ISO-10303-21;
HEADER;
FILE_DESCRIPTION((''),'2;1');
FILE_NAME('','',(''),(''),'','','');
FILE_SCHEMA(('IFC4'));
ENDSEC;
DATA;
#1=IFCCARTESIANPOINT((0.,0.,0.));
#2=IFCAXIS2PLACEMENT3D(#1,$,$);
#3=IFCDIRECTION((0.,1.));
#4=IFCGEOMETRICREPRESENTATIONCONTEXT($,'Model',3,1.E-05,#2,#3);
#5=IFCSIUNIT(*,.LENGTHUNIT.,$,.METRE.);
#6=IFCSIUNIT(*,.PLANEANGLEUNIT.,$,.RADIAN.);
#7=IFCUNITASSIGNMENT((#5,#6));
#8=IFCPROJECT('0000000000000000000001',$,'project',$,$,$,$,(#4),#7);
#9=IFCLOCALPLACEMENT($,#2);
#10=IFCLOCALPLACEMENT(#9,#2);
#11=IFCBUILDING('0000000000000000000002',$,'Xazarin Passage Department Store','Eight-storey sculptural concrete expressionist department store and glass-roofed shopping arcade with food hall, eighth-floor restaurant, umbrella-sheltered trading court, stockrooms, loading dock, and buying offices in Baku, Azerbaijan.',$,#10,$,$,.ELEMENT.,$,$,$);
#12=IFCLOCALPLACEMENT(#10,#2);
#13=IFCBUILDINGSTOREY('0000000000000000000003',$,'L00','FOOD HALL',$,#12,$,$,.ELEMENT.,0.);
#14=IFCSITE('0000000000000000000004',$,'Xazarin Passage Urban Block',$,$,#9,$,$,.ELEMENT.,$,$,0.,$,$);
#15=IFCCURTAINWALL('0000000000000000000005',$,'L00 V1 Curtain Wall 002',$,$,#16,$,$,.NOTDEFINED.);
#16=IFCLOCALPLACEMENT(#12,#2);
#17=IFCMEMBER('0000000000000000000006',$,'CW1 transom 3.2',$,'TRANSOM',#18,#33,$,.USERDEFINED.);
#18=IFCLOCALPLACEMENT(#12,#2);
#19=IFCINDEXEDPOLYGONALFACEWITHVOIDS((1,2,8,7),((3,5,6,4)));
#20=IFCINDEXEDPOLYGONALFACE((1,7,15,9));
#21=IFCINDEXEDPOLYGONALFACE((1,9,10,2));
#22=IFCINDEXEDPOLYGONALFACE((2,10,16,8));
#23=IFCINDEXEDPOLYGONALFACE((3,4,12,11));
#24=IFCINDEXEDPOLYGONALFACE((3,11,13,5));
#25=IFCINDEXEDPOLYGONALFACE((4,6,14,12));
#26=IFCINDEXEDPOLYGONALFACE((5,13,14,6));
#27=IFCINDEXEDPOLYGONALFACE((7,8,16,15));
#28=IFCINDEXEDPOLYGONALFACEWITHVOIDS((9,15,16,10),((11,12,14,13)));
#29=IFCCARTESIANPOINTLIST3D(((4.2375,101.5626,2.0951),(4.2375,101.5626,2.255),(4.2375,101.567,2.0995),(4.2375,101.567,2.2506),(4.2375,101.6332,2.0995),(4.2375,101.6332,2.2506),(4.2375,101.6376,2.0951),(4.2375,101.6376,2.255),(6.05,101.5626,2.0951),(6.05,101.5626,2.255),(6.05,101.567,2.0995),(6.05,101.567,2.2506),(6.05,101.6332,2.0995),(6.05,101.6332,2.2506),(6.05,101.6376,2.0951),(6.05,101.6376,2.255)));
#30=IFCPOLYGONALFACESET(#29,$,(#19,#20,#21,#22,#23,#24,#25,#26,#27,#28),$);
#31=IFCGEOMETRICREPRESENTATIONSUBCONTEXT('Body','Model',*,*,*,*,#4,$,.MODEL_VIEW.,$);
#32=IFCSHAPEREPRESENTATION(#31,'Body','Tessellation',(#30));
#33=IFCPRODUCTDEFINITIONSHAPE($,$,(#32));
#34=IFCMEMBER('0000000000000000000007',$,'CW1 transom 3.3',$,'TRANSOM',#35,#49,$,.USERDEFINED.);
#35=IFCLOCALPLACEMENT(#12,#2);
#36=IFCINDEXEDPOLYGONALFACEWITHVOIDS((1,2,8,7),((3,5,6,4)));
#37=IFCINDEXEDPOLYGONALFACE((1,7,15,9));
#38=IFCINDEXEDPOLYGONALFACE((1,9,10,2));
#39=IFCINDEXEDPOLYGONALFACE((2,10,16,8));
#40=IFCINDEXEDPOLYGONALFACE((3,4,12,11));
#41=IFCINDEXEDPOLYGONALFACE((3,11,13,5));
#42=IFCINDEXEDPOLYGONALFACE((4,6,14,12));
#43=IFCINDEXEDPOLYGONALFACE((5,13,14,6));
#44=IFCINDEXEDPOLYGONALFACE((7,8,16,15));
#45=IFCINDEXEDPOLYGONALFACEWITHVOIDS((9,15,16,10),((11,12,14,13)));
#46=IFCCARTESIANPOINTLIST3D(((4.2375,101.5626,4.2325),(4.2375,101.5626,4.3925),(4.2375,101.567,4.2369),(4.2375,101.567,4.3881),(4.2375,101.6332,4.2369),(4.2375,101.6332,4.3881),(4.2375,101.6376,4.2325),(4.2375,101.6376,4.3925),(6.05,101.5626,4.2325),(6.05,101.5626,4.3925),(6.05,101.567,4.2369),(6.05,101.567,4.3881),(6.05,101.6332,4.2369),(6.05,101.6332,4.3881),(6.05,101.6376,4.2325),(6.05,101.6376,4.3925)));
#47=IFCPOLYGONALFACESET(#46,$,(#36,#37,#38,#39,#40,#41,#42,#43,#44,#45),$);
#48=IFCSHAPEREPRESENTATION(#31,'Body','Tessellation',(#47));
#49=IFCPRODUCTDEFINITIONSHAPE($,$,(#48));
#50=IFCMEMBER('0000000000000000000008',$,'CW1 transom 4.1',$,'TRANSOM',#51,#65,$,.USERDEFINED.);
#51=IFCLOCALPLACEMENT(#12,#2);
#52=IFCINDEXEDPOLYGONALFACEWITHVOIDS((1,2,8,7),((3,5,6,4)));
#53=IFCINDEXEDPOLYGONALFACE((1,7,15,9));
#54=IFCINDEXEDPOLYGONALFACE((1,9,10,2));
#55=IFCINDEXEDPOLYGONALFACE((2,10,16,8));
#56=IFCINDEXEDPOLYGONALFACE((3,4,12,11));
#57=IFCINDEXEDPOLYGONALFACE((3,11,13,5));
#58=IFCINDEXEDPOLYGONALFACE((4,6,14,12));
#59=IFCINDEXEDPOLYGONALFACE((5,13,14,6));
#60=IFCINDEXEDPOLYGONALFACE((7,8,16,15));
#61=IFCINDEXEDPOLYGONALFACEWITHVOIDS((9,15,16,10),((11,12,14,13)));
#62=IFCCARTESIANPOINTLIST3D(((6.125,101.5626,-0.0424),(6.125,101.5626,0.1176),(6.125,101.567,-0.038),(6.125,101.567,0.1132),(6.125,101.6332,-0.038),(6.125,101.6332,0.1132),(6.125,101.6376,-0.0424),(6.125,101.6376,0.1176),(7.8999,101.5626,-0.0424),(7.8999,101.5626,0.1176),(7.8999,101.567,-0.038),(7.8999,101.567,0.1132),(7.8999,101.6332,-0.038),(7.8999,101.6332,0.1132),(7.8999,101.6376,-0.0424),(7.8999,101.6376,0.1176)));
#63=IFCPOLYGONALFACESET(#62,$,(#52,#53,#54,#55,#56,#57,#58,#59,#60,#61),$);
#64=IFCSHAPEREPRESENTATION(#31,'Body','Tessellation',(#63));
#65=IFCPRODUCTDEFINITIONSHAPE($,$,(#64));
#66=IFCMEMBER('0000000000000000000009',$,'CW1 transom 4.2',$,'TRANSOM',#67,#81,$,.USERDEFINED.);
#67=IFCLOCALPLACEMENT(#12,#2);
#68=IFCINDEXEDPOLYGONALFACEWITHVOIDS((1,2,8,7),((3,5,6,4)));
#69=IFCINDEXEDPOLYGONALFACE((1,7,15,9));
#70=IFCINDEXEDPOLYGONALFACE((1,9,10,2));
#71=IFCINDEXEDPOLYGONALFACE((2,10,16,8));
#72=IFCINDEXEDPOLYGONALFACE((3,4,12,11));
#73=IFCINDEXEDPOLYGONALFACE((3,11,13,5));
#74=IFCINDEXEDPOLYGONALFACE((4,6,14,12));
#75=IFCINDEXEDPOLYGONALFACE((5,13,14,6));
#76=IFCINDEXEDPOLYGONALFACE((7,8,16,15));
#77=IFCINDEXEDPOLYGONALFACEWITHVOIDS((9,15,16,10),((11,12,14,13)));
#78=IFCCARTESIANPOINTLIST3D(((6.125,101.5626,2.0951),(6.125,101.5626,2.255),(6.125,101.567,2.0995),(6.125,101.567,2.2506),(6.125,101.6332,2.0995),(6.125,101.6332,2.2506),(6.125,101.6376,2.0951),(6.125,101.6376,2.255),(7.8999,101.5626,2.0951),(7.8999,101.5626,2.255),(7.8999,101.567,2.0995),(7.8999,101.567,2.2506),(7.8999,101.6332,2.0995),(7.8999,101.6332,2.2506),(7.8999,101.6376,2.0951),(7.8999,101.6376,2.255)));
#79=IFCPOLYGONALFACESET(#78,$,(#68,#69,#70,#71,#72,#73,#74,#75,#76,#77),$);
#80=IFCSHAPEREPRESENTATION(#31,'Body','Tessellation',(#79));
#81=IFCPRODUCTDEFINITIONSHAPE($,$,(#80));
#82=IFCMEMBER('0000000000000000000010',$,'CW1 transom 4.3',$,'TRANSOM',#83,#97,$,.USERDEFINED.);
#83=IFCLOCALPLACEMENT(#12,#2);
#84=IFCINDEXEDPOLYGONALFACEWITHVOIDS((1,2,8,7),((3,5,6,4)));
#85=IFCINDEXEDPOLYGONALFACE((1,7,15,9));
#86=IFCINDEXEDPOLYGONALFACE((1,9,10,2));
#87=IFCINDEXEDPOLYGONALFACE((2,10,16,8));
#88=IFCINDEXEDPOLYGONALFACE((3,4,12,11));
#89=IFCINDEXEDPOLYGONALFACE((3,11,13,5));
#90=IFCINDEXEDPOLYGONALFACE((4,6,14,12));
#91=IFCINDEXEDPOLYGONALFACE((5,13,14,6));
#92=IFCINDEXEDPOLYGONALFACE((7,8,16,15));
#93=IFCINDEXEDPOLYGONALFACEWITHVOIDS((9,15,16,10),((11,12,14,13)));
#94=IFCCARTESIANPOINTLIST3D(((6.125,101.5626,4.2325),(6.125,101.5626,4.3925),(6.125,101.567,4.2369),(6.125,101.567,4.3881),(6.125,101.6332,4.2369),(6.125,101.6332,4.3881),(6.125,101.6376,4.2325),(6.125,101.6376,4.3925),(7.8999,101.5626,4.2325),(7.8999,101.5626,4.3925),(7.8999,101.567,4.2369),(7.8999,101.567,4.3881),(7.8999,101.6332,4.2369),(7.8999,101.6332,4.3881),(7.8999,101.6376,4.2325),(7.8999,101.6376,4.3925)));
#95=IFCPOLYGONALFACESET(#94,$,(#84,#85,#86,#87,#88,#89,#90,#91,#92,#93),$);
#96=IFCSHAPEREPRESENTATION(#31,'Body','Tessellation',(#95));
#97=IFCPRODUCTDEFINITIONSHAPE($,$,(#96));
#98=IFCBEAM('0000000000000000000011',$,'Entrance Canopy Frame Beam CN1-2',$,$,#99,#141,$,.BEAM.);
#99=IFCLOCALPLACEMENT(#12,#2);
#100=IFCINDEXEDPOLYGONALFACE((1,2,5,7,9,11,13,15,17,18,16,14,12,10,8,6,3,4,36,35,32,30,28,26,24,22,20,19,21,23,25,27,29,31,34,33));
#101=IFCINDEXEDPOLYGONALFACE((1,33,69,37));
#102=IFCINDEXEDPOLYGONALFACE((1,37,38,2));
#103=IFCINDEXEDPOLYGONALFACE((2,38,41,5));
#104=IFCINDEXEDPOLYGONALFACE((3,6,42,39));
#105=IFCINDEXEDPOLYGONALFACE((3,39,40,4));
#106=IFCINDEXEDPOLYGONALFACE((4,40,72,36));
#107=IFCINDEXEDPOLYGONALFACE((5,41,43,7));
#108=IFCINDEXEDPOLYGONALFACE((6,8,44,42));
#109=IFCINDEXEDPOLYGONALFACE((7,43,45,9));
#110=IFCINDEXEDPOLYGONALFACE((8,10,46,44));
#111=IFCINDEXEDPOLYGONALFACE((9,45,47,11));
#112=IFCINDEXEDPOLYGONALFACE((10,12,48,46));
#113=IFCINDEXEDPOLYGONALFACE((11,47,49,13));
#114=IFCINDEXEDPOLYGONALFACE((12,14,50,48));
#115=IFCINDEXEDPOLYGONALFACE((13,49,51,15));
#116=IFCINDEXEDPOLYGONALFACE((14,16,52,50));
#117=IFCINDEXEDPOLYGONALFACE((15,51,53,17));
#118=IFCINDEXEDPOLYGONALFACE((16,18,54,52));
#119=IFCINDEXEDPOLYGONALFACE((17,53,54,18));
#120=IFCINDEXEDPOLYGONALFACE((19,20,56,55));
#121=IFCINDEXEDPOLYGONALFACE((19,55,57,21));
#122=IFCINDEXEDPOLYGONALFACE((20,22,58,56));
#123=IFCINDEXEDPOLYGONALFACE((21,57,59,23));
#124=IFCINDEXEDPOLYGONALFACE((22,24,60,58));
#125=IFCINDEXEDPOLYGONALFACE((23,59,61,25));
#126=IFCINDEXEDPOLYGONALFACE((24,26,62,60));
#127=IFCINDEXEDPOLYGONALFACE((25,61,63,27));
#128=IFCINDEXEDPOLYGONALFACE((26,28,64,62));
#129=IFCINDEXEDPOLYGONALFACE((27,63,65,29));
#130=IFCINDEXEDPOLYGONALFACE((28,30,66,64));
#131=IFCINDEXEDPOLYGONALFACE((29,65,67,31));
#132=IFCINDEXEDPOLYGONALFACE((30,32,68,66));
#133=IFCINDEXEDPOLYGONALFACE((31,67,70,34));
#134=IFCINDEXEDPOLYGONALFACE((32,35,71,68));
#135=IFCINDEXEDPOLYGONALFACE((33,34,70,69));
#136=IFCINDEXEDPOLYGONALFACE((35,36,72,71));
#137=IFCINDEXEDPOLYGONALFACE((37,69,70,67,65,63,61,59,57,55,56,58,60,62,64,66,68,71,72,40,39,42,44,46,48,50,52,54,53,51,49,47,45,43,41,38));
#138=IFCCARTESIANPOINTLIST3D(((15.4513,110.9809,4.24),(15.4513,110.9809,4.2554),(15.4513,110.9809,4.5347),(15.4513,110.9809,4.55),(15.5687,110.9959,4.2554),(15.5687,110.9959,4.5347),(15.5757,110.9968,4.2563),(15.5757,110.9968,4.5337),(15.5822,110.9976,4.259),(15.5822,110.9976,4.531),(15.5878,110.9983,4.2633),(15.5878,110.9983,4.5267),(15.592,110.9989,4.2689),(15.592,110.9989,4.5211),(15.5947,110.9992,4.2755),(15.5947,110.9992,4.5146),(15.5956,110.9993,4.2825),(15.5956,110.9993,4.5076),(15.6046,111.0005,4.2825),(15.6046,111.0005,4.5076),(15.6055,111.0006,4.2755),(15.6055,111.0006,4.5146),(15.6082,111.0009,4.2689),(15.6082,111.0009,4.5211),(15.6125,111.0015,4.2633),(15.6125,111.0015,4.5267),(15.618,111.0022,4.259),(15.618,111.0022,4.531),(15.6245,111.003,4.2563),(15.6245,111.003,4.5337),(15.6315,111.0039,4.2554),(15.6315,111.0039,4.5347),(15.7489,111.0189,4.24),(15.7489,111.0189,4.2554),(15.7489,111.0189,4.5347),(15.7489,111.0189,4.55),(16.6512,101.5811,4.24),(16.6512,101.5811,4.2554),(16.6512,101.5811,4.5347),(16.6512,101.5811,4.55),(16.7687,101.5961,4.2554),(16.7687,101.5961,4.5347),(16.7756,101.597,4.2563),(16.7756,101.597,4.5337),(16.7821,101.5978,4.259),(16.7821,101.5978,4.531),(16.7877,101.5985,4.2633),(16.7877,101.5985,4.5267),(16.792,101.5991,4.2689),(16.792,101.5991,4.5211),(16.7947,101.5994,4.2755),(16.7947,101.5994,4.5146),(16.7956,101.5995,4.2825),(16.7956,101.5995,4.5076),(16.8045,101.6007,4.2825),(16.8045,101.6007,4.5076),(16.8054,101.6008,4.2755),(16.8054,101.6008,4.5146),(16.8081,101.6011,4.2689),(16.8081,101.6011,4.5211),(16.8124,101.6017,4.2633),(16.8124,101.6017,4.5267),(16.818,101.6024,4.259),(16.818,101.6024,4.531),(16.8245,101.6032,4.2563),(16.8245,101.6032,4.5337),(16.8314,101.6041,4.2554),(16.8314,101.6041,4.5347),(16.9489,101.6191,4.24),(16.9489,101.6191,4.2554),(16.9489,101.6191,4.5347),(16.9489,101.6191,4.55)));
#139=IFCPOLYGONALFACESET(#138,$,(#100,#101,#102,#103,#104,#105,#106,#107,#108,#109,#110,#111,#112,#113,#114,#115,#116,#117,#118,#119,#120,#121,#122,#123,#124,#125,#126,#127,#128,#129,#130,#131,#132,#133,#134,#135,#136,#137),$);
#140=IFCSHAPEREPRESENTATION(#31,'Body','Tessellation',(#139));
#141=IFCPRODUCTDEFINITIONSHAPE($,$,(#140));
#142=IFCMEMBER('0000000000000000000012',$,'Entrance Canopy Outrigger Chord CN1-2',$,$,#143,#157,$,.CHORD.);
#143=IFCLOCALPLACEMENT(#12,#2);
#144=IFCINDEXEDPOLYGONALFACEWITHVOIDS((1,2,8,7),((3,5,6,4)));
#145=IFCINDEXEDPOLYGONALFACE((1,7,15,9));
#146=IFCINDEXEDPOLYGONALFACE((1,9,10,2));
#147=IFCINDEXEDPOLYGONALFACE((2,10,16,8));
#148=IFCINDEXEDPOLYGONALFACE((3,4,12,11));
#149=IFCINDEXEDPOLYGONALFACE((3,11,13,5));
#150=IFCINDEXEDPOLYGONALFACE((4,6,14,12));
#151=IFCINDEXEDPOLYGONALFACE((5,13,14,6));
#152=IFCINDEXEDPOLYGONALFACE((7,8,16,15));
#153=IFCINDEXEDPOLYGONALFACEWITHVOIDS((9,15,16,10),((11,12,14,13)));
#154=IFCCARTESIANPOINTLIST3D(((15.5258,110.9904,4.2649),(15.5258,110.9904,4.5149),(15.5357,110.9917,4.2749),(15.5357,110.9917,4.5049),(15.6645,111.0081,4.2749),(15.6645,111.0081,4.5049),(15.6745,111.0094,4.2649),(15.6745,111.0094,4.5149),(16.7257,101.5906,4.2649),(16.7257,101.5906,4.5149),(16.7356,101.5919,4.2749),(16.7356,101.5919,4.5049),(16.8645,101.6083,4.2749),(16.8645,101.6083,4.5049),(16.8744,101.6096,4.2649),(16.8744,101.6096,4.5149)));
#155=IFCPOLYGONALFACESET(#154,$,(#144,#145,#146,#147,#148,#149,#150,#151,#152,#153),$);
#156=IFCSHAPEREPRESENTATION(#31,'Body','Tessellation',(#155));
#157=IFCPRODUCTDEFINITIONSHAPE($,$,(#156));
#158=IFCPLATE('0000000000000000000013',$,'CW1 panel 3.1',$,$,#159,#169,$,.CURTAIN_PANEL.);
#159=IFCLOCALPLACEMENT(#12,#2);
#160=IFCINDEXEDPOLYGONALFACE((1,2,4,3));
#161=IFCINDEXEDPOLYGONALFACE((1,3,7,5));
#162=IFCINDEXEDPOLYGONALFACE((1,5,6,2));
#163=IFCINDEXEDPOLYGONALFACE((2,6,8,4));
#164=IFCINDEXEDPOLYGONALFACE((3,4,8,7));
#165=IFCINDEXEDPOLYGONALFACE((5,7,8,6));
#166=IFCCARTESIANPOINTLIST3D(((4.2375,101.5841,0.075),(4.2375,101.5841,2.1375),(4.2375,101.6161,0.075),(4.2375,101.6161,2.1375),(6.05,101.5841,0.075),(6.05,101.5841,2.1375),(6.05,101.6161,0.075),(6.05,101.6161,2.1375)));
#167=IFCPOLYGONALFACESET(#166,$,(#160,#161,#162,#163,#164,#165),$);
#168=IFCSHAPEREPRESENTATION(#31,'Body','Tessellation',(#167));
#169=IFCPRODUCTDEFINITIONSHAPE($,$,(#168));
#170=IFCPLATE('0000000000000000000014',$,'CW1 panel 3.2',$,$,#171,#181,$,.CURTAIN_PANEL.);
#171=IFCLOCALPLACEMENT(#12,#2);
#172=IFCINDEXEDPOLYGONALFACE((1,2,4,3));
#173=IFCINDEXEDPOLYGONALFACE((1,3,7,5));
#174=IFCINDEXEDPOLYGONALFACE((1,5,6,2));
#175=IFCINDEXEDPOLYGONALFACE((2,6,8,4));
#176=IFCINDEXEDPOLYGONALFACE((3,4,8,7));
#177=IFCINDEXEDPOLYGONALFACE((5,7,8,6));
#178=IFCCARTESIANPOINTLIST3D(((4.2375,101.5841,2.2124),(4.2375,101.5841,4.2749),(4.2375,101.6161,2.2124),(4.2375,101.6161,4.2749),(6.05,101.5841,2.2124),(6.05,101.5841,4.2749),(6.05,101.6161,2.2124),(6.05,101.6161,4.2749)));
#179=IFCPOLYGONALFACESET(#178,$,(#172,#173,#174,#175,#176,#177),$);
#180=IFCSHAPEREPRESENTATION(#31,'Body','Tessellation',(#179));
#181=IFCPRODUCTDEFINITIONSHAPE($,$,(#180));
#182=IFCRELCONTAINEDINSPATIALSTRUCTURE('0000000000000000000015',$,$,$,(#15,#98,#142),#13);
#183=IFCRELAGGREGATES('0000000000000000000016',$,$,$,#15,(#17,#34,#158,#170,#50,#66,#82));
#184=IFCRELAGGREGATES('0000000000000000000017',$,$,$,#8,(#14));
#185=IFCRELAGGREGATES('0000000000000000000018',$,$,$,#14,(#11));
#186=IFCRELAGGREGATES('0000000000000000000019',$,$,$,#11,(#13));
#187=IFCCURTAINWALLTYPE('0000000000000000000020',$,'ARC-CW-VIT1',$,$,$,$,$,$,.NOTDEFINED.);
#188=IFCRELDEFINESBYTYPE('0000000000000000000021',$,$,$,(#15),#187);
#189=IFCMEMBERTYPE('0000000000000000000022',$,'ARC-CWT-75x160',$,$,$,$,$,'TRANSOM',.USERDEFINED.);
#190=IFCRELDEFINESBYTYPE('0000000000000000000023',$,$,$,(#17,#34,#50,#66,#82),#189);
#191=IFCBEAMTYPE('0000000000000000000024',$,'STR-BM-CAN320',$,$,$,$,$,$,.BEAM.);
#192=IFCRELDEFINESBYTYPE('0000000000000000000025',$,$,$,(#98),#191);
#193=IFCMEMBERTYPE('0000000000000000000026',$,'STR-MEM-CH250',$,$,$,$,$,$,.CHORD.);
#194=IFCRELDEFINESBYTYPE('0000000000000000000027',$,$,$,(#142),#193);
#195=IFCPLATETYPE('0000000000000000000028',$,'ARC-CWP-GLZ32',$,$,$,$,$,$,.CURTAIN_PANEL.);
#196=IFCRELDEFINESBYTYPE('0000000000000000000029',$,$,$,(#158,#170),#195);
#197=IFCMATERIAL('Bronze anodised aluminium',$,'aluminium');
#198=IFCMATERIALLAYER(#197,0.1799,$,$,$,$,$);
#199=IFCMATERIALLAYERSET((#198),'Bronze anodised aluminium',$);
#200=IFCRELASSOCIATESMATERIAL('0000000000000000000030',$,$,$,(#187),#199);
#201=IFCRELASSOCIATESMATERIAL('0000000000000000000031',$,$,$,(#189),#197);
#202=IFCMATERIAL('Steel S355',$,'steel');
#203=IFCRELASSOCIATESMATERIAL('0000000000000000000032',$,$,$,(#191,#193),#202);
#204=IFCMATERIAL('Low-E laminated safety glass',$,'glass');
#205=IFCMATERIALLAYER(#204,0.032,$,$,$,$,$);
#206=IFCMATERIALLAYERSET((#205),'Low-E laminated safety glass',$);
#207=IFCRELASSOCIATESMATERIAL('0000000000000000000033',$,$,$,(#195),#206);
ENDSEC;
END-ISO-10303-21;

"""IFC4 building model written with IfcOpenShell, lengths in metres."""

from ifc_helpers import new_model, si_unit, direction, frame, origin, origin_2d, place, context, subcontext, project, spatial, rectangle, hollow_rectangle, i_section, extrude, material, layer, layer_set, material_profile, profile_set, type_object, element, aggregate, save


model = new_model("IFC4")

# Units and contexts
model_context = context("Model", 3, precision=1e-05, world=origin(), true_north=direction((0.0, 1.0)))
body_context = subcontext(model_context, "Body", "Model", "MODEL_VIEW")
ifc_project = project(units=[si_unit("LENGTHUNIT", "METRE"), si_unit("PLANEANGLEUNIT", "RADIAN")], contexts=[model_context])

# Site, building, storey
site_placement = place(None, origin())
site = spatial("IfcSite", under=ifc_project, at=site_placement, Name="Xazarin Passage Urban Block", CompositionType="ELEMENT", RefElevation=0.0)
building_placement = place(site_placement, origin())
building = spatial("IfcBuilding", under=site, at=building_placement, Name="Xazarin Passage Department Store", Description="Eight-storey sculptural concrete expressionist department store and glass-roofed shopping arcade with food hall, eighth-floor restaurant, umbrella-sheltered trading court, stockrooms, loading dock, and buying offices in Baku, Azerbaijan.", CompositionType="ELEMENT")
storey_placement = place(building_placement, origin())
storey = spatial("IfcBuildingStorey", under=building, at=storey_placement, Name="L00", Description="FOOD HALL", CompositionType="ELEMENT", Elevation=0.0)

# Curtain wall, members
ifc_material_1 = material(Name="Bronze anodised aluminium", Category="aluminium")
ifc_layer_1 = layer(ifc_material_1, 0.1799)
ifc_layer_set_1 = layer_set([ifc_layer_1], Name="Bronze anodised aluminium")
curtain_wall_type = type_object("IfcCurtainWallType", Name="ARC-CW-VIT1", PredefinedType="NOTDEFINED", material=ifc_layer_set_1)
curtain_wall_placement = place(storey_placement, origin())
curtain_wall = element("IfcCurtainWall", 1, at=curtain_wall_placement, inside=storey, type_object=curtain_wall_type, Name="L00 V1 Curtain Wall 002", PredefinedType="NOTDEFINED")
ifc_material_profile_1 = material_profile(ifc_material_1, hollow_rectangle(XDim=0.075, YDim=0.1599, WallThickness=0.0044, at=origin_2d()), Name="ALU 75x160")
ifc_profile_set_1 = profile_set([ifc_material_profile_1], Name="Bronze anodised aluminium")
member_type_1 = type_object("IfcMemberType", Name="ARC-CWT-75x160", ElementType="TRANSOM", PredefinedType="USERDEFINED", material=ifc_profile_set_1)
member_1_placement = place(storey_placement, frame((4.2375, 101.6001, 2.175), z_axis=(1.0, 0.0, 0.0), x_axis=(0.0, 1.0, 0.0)))
member_1 = element("IfcMember", 2, at=member_1_placement, type_object=member_type_1, Name="CW1 transom 3.2", ObjectType="TRANSOM", PredefinedType="USERDEFINED", context=body_context, shape_type="SweptSolid", body=[
    extrude(hollow_rectangle(XDim=0.075, YDim=0.1599, WallThickness=0.0044, at=origin_2d()), origin(), (0.0, 0.0, 1.0), 1.8125),
])
member_2_placement = place(storey_placement, frame((4.2375, 101.6001, 4.3125), z_axis=(1.0, 0.0, 0.0), x_axis=(0.0, 1.0, 0.0)))
member_2 = element("IfcMember", 3, at=member_2_placement, type_object=member_type_1, Name="CW1 transom 3.3", ObjectType="TRANSOM", PredefinedType="USERDEFINED", context=body_context, shape_type="SweptSolid", body=[
    extrude(hollow_rectangle(XDim=0.075, YDim=0.1599, WallThickness=0.0044, at=origin_2d()), origin(), (0.0, 0.0, 1.0), 1.8125),
])
member_3_placement = place(storey_placement, frame((6.125, 101.6001, 0.0376), z_axis=(1.0, 0.0, 0.0), x_axis=(0.0, 1.0, 0.0)))
member_3 = element("IfcMember", 4, at=member_3_placement, type_object=member_type_1, Name="CW1 transom 4.1", ObjectType="TRANSOM", PredefinedType="USERDEFINED", context=body_context, shape_type="SweptSolid", body=[
    extrude(hollow_rectangle(XDim=0.075, YDim=0.1599, WallThickness=0.0044, at=origin_2d()), origin(), (0.0, 0.0, 1.0), 1.7749),
])
member_4_placement = place(storey_placement, frame((6.125, 101.6001, 2.175), z_axis=(1.0, 0.0, 0.0), x_axis=(0.0, 1.0, 0.0)))
member_4 = element("IfcMember", 5, at=member_4_placement, type_object=member_type_1, Name="CW1 transom 4.2", ObjectType="TRANSOM", PredefinedType="USERDEFINED", context=body_context, shape_type="SweptSolid", body=[
    extrude(hollow_rectangle(XDim=0.075, YDim=0.1599, WallThickness=0.0044, at=origin_2d()), origin(), (0.0, 0.0, 1.0), 1.7749),
])
member_5_placement = place(storey_placement, frame((6.125, 101.6001, 4.3125), z_axis=(1.0, 0.0, 0.0), x_axis=(0.0, 1.0, 0.0)))
member_5 = element("IfcMember", 6, at=member_5_placement, type_object=member_type_1, Name="CW1 transom 4.3", ObjectType="TRANSOM", PredefinedType="USERDEFINED", context=body_context, shape_type="SweptSolid", body=[
    extrude(hollow_rectangle(XDim=0.075, YDim=0.1599, WallThickness=0.0044, at=origin_2d()), origin(), (0.0, 0.0, 1.0), 1.7749),
])

# Beam
ifc_material_2 = material(Name="Steel S355", Category="steel")
ifc_material_profile_2 = material_profile(ifc_material_2, i_section(OverallWidth=0.3, OverallDepth=0.3101, WebThickness=0.009, FlangeThickness=0.0154, FilletRadius=0.0271, at=origin_2d()), Name="HEA 320")
ifc_profile_set_2 = profile_set([ifc_material_profile_2], Name="Steel S355")
beam_type = type_object("IfcBeamType", Name="STR-BM-CAN320", PredefinedType="BEAM", material=ifc_profile_set_2)
beam_placement = place(storey_placement, frame((16.8, 101.6001, 4.395), z_axis=(-0.126628, 0.99195, 0.0), x_axis=(-0.99195, -0.126628, 0.0)))
element("IfcBeam", 7, at=beam_placement, inside=storey, type_object=beam_type, Name="Entrance Canopy Frame Beam CN1-2", PredefinedType="BEAM", context=body_context, shape_type="SweptSolid", body=[
    extrude(i_section(OverallWidth=0.3, OverallDepth=0.3101, WebThickness=0.009, FlangeThickness=0.0154, FilletRadius=0.0271, at=origin_2d()), origin(), (0.0, 0.0, 1.0), 9.4761),
])

# Member
ifc_material_profile_3 = material_profile(ifc_material_2, hollow_rectangle(XDim=0.1499, YDim=0.25, WallThickness=0.01, at=origin_2d()), Name="RHS 250x150x10")
ifc_profile_set_3 = profile_set([ifc_material_profile_3], Name="Steel S355")
member_type_2 = type_object("IfcMemberType", Name="STR-MEM-CH250", PredefinedType="CHORD", material=ifc_profile_set_3)
member_6_placement = place(storey_placement, frame((16.8, 101.6001, 4.3899), z_axis=(-0.126628, 0.99195, 0.0), x_axis=(-0.99195, -0.126628, 0.0)))
element("IfcMember", 8, at=member_6_placement, inside=storey, type_object=member_type_2, Name="Entrance Canopy Outrigger Chord CN1-2", PredefinedType="CHORD", context=body_context, shape_type="SweptSolid", body=[
    extrude(hollow_rectangle(XDim=0.1499, YDim=0.25, WallThickness=0.01, at=origin_2d()), origin(), (0.0, 0.0, 1.0), 9.4761),
])

# Plates
ifc_material_3 = material(Name="Low-E laminated safety glass", Category="glass")
ifc_layer_2 = layer(ifc_material_3, 0.032)
ifc_layer_set_2 = layer_set([ifc_layer_2], Name="Low-E laminated safety glass")
plate_type_1 = type_object("IfcPlateType", Name="ARC-CWP-GLZ32", PredefinedType="CURTAIN_PANEL", material=ifc_layer_set_2)
plate_1_placement = place(storey_placement, frame((5.1438, 101.6001, 0.075), z_axis=(0.0, 0.0, 1.0), x_axis=(1.0, 0.0, 0.0)))
plate_1 = element("IfcPlate", 9, at=plate_1_placement, type_object=plate_type_1, Name="CW1 panel 3.1", PredefinedType="CURTAIN_PANEL", context=body_context, shape_type="SweptSolid", body=[
    extrude(rectangle(XDim=1.8125, YDim=0.032, at=origin_2d()), origin(), (0.0, 0.0, 1.0), 2.0625),
])
plate_2_placement = place(storey_placement, frame((5.1438, 101.6001, 2.2124), z_axis=(0.0, 0.0, 1.0), x_axis=(1.0, 0.0, 0.0)))
plate_2 = element("IfcPlate", 10, at=plate_2_placement, type_object=plate_type_1, Name="CW1 panel 3.2", PredefinedType="CURTAIN_PANEL", context=body_context, shape_type="SweptSolid", body=[
    extrude(rectangle(XDim=1.8125, YDim=0.032, at=origin_2d()), origin(), (0.0, 0.0, 1.0), 2.0625),
])
aggregate(curtain_wall, [member_1, member_2, plate_1, plate_2, member_3, member_4, member_5])

save(model, "model.ifc")
